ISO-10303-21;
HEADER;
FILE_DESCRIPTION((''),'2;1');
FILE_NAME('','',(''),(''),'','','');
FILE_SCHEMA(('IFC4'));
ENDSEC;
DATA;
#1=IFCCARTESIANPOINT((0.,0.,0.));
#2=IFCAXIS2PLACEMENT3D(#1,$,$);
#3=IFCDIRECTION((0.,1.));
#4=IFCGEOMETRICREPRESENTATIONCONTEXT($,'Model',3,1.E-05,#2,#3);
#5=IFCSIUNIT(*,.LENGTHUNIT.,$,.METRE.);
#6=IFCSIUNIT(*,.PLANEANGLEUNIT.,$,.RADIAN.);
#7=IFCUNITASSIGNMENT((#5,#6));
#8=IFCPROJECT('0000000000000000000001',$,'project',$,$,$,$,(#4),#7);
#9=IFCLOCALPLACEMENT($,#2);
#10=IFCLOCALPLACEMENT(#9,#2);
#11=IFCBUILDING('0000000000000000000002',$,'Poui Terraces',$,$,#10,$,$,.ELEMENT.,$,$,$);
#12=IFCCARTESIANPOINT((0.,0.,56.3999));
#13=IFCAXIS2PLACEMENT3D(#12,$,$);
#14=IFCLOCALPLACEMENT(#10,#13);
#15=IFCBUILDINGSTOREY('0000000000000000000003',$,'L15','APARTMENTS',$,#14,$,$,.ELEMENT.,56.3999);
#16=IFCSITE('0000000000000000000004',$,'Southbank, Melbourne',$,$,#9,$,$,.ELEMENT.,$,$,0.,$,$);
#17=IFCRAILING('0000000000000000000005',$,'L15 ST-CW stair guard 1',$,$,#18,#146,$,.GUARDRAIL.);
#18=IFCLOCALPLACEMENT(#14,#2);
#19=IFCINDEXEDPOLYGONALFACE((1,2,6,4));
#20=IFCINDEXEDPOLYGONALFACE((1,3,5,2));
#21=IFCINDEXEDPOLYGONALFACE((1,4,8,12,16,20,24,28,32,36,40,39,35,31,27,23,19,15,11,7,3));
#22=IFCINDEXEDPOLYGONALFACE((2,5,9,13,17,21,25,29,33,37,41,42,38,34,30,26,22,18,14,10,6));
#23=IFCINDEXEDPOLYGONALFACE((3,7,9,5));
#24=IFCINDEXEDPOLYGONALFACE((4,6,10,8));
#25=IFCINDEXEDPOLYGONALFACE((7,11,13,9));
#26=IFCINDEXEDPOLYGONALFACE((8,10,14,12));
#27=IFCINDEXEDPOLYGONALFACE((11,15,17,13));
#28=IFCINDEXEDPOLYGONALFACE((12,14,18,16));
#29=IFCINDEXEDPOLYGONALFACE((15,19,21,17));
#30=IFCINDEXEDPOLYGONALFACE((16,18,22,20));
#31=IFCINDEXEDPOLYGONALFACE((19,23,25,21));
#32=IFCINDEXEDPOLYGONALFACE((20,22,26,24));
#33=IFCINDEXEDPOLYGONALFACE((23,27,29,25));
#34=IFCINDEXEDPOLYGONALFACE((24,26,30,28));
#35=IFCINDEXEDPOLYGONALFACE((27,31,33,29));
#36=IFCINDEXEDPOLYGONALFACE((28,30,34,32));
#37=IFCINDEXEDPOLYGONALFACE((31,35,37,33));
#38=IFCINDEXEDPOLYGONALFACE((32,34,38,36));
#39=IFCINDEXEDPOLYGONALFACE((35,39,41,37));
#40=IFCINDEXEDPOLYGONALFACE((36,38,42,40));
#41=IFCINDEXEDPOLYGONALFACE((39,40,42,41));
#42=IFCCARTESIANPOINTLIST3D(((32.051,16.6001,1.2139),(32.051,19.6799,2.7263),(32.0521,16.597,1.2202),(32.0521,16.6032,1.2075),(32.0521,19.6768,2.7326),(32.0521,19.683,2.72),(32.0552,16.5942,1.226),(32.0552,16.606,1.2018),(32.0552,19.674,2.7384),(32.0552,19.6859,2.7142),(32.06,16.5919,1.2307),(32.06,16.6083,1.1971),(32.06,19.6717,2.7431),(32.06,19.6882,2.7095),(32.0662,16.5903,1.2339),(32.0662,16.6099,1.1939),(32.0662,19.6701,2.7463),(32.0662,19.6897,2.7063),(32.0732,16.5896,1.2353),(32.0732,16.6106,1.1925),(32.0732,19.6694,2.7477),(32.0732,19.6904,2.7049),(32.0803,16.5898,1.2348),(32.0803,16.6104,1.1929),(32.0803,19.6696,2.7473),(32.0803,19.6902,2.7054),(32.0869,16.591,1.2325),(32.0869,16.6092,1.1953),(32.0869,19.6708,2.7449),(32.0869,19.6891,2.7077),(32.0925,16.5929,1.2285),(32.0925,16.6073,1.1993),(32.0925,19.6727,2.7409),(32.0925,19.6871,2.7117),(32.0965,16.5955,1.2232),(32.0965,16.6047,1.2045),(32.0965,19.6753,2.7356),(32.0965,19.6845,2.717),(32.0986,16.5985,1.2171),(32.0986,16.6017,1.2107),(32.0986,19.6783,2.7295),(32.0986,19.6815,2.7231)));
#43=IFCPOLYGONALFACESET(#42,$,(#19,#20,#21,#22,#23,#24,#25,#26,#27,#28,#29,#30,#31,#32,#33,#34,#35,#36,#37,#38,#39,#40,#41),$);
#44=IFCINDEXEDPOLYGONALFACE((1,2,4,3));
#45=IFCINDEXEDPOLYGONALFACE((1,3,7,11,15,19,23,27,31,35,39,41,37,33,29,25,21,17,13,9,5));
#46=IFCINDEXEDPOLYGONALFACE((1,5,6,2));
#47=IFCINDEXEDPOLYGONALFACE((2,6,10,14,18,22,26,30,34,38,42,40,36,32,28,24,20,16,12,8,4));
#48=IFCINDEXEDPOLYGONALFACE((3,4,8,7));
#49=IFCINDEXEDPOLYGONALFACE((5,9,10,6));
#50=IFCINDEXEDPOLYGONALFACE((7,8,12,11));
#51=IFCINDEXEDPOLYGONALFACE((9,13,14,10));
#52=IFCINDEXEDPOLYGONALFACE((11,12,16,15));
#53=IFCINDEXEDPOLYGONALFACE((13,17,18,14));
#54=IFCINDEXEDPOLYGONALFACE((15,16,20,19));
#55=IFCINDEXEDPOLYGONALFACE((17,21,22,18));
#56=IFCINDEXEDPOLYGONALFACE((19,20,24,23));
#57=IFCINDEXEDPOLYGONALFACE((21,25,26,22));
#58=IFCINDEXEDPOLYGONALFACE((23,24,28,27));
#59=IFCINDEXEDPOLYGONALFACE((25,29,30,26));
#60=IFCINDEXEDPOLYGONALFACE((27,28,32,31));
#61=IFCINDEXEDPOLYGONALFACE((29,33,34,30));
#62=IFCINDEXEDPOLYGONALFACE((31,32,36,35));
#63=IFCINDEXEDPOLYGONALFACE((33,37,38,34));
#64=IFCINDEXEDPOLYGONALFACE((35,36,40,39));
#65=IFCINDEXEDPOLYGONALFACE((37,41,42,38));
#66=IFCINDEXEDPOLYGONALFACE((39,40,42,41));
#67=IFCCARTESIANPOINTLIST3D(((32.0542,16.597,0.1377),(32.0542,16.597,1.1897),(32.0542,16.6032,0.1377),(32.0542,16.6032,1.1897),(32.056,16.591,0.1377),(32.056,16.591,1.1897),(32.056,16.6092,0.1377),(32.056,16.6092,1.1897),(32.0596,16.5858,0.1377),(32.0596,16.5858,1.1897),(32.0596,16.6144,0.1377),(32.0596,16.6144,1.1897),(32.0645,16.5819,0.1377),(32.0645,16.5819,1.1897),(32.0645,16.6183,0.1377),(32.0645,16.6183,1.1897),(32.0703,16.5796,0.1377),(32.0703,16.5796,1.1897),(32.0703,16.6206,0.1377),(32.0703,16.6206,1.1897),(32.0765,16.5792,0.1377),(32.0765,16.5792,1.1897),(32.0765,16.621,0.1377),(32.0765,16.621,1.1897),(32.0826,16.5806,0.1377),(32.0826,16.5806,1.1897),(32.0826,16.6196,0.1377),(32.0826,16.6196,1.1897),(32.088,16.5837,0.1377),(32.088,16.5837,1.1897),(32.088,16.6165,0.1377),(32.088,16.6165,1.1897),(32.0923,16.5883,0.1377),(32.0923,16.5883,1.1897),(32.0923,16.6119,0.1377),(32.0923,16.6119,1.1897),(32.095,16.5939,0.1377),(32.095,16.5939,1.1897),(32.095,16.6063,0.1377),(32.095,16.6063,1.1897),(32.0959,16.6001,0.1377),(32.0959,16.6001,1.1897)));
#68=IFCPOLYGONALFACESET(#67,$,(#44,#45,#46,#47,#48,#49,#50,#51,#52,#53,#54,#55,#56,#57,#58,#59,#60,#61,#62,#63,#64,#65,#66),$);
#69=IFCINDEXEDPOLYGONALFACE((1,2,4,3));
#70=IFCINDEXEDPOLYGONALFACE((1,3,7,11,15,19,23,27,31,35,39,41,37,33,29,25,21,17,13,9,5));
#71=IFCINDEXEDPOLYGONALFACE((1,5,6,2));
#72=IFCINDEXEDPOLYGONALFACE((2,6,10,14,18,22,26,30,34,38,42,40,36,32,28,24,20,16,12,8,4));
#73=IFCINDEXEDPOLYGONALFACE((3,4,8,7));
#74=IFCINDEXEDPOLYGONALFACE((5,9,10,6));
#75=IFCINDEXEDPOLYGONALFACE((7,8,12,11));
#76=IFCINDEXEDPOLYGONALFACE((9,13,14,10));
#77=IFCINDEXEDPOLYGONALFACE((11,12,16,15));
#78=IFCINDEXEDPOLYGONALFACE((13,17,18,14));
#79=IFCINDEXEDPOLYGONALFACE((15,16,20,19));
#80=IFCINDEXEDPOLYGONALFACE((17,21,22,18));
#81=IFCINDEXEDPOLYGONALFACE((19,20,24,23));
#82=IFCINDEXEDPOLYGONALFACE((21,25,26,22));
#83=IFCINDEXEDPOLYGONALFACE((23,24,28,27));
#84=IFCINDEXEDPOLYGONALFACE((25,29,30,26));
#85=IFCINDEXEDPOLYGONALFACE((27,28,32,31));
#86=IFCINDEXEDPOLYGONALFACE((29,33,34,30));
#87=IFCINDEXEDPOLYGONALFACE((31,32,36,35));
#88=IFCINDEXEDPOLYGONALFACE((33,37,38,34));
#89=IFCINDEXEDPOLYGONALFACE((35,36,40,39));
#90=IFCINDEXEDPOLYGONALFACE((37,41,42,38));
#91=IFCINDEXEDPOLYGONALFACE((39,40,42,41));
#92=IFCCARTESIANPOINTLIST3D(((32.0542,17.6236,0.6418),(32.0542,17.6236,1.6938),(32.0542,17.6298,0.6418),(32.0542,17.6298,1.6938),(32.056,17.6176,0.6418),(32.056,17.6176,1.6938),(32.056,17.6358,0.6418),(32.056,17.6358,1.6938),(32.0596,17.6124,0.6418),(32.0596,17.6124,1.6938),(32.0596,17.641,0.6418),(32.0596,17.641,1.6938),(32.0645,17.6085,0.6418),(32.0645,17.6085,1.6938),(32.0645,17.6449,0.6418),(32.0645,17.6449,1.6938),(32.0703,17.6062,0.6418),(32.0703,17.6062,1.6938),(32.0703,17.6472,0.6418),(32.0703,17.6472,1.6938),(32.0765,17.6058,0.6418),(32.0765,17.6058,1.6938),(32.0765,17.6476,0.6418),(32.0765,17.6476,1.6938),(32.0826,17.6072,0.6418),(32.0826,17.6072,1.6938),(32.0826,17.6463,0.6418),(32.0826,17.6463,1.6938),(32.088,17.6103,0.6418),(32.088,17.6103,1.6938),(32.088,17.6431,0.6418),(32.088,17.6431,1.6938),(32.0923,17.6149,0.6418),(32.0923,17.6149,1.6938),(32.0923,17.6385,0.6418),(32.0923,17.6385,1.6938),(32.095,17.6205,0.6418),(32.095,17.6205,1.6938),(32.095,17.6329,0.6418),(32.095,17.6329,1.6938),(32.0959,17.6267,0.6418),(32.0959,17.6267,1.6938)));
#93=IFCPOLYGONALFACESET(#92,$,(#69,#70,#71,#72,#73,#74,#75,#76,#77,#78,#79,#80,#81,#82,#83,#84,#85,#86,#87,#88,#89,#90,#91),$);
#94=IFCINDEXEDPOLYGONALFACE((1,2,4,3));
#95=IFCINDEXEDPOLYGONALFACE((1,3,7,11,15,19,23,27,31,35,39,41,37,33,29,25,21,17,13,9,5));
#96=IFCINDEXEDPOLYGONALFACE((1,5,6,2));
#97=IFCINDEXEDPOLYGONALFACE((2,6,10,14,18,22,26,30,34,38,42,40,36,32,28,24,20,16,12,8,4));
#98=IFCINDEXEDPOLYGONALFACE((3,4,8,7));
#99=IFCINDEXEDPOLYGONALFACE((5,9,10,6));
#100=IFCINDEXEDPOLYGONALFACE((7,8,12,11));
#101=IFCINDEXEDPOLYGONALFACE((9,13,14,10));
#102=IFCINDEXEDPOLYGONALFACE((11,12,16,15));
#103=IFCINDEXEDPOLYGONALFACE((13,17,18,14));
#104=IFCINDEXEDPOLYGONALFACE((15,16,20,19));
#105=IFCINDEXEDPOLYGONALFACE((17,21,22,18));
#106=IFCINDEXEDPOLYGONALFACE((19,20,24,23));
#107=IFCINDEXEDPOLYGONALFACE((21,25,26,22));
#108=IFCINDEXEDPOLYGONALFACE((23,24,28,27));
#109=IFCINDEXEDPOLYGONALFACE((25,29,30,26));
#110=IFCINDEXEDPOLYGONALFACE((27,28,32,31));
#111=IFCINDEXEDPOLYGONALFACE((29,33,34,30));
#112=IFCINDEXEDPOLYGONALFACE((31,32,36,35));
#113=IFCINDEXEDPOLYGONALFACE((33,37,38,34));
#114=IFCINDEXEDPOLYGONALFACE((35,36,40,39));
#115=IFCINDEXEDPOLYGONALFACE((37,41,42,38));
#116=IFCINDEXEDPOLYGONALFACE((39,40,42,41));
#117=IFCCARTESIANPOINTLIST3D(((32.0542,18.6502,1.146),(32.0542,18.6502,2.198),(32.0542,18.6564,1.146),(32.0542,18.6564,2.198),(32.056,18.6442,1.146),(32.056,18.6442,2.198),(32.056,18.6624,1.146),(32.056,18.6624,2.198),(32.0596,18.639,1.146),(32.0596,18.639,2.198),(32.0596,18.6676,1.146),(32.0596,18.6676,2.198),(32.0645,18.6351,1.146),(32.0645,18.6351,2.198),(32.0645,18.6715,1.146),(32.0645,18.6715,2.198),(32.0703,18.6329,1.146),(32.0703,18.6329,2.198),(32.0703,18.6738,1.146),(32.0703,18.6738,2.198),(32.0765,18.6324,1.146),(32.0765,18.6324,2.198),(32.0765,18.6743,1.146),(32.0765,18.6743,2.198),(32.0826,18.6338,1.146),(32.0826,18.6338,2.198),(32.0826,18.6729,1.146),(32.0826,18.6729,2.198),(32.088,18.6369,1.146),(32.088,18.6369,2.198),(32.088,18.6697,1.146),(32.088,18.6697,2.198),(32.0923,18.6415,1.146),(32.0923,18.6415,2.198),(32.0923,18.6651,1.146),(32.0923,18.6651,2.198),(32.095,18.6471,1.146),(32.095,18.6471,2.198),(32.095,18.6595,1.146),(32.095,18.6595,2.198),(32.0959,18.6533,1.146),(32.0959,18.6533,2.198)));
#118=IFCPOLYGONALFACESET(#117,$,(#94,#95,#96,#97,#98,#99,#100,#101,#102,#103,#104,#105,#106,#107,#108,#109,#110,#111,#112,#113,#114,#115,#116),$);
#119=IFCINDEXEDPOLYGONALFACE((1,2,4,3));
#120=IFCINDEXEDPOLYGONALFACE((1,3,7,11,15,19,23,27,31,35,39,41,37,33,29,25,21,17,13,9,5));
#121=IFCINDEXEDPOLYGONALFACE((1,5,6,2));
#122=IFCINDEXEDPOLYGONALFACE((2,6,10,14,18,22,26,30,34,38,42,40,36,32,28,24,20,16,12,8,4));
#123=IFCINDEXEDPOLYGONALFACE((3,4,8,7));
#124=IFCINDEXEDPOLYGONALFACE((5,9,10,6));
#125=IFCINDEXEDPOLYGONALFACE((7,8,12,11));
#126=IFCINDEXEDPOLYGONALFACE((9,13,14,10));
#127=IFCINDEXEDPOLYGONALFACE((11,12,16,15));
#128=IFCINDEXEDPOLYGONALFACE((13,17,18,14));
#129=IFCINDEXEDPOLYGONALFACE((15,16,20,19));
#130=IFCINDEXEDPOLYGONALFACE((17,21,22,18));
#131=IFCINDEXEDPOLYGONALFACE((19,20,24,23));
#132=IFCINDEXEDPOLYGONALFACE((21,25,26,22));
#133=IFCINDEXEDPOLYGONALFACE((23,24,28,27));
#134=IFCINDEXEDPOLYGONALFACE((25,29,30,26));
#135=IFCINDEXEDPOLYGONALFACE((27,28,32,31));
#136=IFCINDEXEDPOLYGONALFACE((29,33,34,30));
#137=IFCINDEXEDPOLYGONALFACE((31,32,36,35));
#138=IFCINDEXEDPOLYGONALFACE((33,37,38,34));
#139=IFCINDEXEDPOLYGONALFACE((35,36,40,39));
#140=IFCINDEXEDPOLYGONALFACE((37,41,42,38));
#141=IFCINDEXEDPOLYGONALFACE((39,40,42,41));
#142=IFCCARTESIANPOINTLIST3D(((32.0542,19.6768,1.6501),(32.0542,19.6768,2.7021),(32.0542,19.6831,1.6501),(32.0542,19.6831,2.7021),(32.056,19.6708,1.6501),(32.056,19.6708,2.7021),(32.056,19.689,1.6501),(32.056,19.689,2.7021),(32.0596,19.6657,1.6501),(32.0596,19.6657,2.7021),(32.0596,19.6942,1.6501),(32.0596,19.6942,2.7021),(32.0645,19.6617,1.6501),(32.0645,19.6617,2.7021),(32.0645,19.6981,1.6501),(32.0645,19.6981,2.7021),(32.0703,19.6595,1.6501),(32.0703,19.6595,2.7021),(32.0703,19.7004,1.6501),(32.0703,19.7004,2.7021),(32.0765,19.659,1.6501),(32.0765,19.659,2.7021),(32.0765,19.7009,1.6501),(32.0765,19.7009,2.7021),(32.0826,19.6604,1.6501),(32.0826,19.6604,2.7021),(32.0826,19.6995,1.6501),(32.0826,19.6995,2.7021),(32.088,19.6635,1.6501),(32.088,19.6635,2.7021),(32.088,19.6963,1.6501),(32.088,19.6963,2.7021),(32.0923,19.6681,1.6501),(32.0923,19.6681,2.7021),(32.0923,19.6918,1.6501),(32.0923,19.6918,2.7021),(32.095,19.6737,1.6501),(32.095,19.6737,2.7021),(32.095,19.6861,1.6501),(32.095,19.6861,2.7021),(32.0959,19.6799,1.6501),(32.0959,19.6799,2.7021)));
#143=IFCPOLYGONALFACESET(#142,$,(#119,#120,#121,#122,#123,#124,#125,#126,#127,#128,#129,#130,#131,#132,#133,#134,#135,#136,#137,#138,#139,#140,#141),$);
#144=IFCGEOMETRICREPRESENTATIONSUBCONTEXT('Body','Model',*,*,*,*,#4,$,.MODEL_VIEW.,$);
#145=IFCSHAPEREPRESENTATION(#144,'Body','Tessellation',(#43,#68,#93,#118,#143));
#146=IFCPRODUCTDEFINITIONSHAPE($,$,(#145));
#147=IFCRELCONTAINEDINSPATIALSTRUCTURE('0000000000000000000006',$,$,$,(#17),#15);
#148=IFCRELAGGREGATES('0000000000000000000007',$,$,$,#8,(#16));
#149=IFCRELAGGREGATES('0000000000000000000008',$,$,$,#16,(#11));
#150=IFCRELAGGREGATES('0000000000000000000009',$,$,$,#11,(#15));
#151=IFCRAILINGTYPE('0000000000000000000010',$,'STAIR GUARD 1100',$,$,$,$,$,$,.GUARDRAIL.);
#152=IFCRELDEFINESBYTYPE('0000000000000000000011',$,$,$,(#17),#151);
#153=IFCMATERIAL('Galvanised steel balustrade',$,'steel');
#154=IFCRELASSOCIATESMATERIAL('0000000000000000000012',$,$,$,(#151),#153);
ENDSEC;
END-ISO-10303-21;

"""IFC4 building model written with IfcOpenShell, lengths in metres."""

from ifc_helpers import new_model, si_unit, direction, frame, origin, origin_2d, place, context, subcontext, project, spatial, circle, extrude, material, type_object, element, save


model = new_model("IFC4")

# Units and contexts
model_context = context("Model", 3, precision=1e-05, world=origin(), true_north=direction((0.0, 1.0)))
body_context = subcontext(model_context, "Body", "Model", "MODEL_VIEW")
ifc_project = project(units=[si_unit("LENGTHUNIT", "METRE"), si_unit("PLANEANGLEUNIT", "RADIAN")], contexts=[model_context])

# Site, building, storey
site_placement = place(None, origin())
site = spatial("IfcSite", under=ifc_project, at=site_placement, Name="Southbank, Melbourne", CompositionType="ELEMENT", RefElevation=0.0)
building_placement = place(site_placement, origin())
building = spatial("IfcBuilding", under=site, at=building_placement, Name="Poui Terraces", CompositionType="ELEMENT")
storey_placement = place(building_placement, frame((0.0, 0.0, 56.3999)))
storey = spatial("IfcBuildingStorey", under=building, at=storey_placement, Name="L15", Description="APARTMENTS", CompositionType="ELEMENT", Elevation=56.3999)

# Railing
ifc_material_1 = material(Name="Galvanised steel balustrade", Category="steel")
railing_type_1 = type_object("IfcRailingType", Name="STAIR GUARD 1100", PredefinedType="GUARDRAIL", material=ifc_material_1)
railing_1_placement = place(storey_placement, frame((32.075, 16.6001, 0.1377)))
element("IfcRailing", 1, at=railing_1_placement, inside=storey, type_object=railing_type_1, Name="L15 ST-CW stair guard 1", PredefinedType="GUARDRAIL", context=body_context, shape_type="SweptSolid", body=[
    extrude(circle(Radius=0.0239, at=origin_2d()), frame((0.0, 0.0, 1.0762), z_axis=(0.0, 0.897606, 0.440798), x_axis=(-1.0, 0.0, 0.0)), (0.0, 0.0, 1.0), 3.4312),
    extrude(circle(Radius=0.021, at=origin_2d()), origin(), (0.0, 0.0, 1.0), 1.052),
    extrude(circle(Radius=0.021, at=origin_2d()), frame((0.0, 1.0266, 0.5042)), (0.0, 0.0, 1.0), 1.052),
    extrude(circle(Radius=0.021, at=origin_2d()), frame((0.0, 2.0532, 1.0083)), (0.0, 0.0, 1.0), 1.052),
    extrude(circle(Radius=0.021, at=origin_2d()), frame((0.0, 3.0798, 1.5125)), (0.0, 0.0, 1.0), 1.052),
])

save(model, "model.ifc")
